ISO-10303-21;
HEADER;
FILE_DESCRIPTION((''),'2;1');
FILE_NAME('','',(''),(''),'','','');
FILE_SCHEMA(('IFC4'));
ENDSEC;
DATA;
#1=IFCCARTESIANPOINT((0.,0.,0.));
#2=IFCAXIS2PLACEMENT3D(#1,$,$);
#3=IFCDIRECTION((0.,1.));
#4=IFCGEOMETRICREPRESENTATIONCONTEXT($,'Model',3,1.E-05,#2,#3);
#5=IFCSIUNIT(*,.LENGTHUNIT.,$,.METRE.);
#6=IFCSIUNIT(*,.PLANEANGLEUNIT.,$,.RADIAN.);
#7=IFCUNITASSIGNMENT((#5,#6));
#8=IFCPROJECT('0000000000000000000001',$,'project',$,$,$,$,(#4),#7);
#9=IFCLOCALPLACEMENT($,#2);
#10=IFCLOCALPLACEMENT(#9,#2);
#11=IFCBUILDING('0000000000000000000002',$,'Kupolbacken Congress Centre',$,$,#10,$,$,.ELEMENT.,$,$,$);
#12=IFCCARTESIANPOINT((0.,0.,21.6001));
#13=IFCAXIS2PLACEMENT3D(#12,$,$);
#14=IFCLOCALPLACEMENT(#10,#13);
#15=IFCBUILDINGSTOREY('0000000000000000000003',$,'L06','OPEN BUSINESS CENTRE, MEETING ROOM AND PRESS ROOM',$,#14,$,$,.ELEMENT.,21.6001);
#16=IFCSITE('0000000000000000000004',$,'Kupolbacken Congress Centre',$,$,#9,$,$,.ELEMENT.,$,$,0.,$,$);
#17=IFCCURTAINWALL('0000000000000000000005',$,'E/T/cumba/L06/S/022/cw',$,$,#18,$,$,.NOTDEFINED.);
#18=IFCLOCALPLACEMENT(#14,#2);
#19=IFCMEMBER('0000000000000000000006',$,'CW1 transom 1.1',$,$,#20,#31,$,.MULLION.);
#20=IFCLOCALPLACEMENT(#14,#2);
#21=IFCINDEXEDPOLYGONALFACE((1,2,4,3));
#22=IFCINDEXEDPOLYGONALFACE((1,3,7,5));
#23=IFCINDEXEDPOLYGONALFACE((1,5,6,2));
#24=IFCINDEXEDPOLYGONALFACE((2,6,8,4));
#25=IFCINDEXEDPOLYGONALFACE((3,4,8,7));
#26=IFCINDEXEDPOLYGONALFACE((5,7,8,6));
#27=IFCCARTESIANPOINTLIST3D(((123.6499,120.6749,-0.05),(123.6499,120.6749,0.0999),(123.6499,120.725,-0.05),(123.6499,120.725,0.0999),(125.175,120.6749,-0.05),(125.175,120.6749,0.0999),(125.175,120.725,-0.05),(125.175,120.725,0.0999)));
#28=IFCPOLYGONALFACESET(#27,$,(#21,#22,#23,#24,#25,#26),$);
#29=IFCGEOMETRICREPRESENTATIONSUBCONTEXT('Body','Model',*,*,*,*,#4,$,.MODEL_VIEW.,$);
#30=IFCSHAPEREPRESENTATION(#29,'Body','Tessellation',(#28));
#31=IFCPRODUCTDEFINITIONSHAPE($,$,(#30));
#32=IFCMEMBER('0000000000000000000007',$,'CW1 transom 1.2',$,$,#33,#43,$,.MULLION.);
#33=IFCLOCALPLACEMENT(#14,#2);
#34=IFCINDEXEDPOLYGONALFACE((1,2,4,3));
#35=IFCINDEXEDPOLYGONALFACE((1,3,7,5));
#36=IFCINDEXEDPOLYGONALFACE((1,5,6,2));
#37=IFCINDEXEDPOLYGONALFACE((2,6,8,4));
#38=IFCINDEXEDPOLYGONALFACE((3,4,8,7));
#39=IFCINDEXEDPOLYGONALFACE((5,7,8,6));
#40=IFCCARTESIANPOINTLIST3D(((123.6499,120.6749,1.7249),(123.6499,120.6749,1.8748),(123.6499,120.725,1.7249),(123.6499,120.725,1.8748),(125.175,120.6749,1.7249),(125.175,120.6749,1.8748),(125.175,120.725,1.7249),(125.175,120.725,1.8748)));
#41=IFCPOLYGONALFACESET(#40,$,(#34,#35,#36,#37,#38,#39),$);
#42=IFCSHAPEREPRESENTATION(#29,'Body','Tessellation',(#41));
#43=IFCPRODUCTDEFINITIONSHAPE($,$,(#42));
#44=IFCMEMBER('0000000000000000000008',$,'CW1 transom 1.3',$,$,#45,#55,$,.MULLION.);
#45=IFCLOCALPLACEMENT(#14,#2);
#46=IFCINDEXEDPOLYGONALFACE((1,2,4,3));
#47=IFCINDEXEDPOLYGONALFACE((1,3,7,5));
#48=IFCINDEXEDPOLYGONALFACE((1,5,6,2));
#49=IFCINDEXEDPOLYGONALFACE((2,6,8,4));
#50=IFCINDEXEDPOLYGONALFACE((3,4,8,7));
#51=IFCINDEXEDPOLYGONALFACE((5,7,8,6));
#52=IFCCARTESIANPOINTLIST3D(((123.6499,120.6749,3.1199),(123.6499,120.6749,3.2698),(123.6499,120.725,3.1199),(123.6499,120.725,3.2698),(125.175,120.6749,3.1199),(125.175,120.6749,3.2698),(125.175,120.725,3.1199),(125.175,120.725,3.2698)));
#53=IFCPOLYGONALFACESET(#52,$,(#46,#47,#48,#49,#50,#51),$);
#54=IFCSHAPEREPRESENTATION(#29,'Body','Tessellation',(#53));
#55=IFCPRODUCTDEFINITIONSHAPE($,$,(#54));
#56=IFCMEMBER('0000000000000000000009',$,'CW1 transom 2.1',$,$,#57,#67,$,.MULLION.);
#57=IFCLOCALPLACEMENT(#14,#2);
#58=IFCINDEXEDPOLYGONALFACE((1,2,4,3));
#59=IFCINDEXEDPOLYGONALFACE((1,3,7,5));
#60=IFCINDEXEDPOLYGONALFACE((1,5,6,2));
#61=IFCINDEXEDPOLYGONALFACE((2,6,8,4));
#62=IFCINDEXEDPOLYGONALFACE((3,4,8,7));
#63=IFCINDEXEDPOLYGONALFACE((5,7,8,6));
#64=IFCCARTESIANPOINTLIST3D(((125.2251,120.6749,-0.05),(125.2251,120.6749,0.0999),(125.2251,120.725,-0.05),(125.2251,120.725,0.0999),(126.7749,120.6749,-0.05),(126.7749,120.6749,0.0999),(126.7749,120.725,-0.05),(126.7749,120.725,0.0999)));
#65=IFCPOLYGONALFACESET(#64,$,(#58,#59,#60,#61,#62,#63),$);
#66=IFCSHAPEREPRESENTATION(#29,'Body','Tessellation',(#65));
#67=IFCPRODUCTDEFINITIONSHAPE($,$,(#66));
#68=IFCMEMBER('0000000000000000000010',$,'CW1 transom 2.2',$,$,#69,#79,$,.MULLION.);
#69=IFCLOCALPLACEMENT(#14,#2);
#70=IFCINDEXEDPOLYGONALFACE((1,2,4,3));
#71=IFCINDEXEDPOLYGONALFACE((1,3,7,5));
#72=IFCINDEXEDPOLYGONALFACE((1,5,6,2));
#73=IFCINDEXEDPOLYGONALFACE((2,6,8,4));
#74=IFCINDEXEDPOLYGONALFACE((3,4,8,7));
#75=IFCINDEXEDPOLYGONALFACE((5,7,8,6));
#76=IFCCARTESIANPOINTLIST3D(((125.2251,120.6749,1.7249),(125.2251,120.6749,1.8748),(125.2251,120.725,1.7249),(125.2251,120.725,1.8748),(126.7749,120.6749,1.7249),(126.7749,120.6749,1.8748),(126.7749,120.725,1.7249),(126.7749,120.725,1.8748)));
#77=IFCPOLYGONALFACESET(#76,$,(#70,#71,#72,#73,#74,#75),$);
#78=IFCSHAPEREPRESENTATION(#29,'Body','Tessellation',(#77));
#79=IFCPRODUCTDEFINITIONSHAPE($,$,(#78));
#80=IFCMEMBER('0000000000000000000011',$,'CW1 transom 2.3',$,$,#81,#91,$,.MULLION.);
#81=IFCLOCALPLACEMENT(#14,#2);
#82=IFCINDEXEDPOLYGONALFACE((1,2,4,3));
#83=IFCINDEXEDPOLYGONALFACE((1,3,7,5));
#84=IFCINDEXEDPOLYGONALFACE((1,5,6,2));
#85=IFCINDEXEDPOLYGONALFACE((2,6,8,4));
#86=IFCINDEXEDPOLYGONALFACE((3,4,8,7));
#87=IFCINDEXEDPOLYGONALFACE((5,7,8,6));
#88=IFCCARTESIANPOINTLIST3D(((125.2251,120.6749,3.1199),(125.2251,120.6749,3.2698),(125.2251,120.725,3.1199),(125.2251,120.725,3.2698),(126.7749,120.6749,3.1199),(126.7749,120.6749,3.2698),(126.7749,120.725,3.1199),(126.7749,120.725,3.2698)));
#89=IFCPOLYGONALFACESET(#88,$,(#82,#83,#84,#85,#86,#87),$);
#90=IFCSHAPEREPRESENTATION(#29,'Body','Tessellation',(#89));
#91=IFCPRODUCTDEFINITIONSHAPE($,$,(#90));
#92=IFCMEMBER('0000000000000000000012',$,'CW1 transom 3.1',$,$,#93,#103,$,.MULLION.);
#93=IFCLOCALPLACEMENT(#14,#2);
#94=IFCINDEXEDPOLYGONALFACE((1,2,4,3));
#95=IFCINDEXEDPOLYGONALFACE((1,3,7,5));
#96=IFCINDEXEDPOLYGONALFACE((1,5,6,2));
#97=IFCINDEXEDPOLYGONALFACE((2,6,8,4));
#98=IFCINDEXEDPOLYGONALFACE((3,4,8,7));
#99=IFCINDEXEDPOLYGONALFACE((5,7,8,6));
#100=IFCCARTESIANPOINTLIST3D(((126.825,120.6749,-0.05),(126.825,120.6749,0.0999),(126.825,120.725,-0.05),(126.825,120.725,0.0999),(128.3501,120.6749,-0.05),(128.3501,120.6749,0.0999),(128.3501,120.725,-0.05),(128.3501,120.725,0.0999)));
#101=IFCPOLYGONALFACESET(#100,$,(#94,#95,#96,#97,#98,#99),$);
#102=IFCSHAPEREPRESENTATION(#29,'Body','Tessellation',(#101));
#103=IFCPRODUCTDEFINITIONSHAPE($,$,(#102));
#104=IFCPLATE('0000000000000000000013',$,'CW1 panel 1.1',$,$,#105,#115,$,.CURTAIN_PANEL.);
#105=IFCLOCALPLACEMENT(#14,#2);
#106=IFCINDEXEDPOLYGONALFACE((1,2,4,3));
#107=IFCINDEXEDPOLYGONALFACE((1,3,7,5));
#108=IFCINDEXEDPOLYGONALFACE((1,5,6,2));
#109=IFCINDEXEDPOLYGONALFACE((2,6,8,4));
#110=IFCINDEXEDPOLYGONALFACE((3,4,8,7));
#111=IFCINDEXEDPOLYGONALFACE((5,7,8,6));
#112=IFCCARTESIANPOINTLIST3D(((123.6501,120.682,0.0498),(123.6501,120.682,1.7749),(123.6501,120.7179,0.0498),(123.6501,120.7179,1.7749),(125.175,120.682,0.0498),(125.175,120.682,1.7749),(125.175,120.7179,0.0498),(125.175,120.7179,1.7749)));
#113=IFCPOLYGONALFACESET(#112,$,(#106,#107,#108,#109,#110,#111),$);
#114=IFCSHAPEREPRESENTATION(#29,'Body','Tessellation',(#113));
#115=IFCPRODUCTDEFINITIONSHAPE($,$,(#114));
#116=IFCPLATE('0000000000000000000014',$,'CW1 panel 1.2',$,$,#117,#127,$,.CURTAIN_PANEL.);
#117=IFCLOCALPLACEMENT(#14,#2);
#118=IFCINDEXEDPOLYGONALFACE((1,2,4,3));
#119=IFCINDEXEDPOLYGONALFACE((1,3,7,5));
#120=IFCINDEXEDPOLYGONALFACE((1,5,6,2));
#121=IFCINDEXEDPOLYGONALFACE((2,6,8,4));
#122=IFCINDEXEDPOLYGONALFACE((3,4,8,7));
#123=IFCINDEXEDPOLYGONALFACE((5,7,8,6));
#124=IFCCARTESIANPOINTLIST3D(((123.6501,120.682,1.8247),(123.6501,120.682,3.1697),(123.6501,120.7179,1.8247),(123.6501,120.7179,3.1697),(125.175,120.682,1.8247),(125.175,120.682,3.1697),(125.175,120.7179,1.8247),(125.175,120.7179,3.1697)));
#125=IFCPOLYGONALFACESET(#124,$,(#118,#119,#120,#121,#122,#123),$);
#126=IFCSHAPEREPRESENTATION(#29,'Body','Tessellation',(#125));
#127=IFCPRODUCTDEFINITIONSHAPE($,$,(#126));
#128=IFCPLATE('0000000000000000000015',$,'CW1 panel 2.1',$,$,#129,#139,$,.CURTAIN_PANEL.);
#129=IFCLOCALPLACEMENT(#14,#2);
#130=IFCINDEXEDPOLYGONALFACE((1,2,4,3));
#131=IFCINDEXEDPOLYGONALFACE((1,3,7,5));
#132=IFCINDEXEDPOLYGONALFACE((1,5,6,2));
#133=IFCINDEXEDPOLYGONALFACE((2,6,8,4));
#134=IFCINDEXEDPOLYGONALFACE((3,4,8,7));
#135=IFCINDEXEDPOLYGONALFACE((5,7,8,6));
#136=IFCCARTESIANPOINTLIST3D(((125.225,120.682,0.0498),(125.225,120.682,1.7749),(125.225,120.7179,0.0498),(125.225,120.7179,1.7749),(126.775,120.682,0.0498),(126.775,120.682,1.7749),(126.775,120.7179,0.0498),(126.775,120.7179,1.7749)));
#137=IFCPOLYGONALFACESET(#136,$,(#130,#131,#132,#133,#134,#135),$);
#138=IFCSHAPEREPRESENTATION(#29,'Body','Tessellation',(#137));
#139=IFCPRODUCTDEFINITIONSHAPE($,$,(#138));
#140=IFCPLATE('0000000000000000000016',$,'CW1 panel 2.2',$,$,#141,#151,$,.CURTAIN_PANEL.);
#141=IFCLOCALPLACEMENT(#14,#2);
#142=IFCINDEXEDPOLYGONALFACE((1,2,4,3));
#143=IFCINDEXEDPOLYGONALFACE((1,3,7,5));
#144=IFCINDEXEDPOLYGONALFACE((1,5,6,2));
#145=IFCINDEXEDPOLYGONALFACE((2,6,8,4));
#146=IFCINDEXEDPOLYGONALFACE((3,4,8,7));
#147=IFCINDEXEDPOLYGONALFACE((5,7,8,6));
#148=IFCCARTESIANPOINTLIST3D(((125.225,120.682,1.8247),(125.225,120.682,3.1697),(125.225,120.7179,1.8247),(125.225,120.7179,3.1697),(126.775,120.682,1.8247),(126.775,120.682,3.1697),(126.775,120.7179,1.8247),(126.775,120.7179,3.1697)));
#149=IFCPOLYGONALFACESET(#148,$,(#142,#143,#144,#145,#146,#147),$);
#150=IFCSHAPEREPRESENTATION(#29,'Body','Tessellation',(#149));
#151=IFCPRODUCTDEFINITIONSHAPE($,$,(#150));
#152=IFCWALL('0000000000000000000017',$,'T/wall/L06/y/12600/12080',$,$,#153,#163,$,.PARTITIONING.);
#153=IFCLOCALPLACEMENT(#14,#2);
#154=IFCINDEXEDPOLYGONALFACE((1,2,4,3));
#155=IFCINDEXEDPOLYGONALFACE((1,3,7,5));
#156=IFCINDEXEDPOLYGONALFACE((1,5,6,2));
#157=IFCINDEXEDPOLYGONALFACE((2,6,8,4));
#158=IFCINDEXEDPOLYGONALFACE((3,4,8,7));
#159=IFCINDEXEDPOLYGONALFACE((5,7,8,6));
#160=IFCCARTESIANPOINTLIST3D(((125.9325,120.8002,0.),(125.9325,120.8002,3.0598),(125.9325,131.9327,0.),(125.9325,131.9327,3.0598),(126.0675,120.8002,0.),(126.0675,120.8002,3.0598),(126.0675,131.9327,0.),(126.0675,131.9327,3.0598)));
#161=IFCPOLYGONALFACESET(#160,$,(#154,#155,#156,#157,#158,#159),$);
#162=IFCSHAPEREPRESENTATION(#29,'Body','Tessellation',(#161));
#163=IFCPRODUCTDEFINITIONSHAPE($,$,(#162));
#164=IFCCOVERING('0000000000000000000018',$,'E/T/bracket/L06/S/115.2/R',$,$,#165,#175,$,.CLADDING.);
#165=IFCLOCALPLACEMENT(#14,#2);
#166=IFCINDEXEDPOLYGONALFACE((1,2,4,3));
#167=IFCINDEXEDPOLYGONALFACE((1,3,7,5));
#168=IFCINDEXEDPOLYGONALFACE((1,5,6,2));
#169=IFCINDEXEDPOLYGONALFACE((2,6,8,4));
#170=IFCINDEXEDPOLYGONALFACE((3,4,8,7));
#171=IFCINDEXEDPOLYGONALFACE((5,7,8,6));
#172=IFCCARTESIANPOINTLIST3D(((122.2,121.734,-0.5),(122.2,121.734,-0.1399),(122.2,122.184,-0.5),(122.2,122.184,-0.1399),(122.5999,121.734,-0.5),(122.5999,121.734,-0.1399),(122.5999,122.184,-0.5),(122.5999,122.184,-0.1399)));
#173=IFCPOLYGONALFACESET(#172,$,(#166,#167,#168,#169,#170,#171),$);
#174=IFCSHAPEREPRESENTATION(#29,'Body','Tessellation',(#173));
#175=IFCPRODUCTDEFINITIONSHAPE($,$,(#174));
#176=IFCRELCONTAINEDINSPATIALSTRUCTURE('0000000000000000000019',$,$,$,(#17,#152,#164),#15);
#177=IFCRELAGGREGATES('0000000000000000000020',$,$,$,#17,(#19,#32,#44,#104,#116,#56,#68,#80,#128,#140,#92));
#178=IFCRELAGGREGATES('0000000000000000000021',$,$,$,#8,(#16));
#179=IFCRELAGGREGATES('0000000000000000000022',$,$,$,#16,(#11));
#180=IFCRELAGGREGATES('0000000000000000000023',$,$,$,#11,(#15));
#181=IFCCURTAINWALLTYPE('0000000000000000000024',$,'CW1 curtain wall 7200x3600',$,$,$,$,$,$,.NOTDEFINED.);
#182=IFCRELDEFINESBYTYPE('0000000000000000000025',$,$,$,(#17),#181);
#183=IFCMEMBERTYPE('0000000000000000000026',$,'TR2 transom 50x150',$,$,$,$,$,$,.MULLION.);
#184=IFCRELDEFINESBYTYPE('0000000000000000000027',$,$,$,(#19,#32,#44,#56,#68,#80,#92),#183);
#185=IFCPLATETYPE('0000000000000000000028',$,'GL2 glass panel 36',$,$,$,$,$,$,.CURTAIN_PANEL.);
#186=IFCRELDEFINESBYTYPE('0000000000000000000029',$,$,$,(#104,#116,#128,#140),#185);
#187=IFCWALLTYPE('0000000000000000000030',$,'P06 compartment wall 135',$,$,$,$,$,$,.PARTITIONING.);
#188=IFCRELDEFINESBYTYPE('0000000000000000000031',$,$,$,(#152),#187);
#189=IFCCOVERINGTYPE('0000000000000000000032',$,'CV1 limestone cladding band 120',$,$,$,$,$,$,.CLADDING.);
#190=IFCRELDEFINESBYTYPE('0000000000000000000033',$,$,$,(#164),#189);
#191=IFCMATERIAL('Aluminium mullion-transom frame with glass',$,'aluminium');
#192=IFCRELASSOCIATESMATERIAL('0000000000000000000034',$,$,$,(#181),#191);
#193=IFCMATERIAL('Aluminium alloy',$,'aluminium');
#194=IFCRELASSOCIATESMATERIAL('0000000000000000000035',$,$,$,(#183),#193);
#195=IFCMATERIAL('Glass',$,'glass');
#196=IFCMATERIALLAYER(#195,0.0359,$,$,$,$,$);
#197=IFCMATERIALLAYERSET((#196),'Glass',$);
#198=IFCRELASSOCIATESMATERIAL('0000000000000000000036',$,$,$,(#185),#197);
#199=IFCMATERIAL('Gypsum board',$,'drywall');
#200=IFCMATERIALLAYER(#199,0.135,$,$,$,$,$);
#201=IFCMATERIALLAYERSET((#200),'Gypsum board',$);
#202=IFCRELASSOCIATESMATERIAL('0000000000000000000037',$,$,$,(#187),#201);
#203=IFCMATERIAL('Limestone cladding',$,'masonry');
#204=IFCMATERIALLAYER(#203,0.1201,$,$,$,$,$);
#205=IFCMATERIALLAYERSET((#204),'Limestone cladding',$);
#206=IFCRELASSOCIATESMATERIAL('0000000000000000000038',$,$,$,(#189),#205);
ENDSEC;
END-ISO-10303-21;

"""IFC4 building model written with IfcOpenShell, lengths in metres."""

from ifc_helpers import new_model, si_unit, direction, frame, frame_2d, origin, origin_2d, place, context, subcontext, project, spatial, rectangle, extrude, material, layer, layer_set, material_profile, profile_set, type_object, element, aggregate, save


model = new_model("IFC4")

# Units and contexts
model_context = context("Model", 3, precision=1e-05, world=origin(), true_north=direction((0.0, 1.0)))
body_context = subcontext(model_context, "Body", "Model", "MODEL_VIEW")
ifc_project = project(units=[si_unit("LENGTHUNIT", "METRE"), si_unit("PLANEANGLEUNIT", "RADIAN")], contexts=[model_context])

# Site, building, storey
site_placement = place(None, origin())
site = spatial("IfcSite", under=ifc_project, at=site_placement, Name="Kupolbacken Congress Centre", CompositionType="ELEMENT", RefElevation=0.0)
building_placement = place(site_placement, origin())
building = spatial("IfcBuilding", under=site, at=building_placement, Name="Kupolbacken Congress Centre", CompositionType="ELEMENT")
storey_placement = place(building_placement, frame((0.0, 0.0, 21.6001)))
storey = spatial("IfcBuildingStorey", under=building, at=storey_placement, Name="L06", Description="OPEN BUSINESS CENTRE, MEETING ROOM AND PRESS ROOM", CompositionType="ELEMENT", Elevation=21.6001)

# Curtain wall, members, plates
ifc_material_1 = material(Name="Aluminium mullion-transom frame with glass", Category="aluminium")
curtain_wall_type = type_object("IfcCurtainWallType", Name="CW1 curtain wall 7200x3600", PredefinedType="NOTDEFINED", material=ifc_material_1)
curtain_wall_placement = place(storey_placement, origin())
curtain_wall = element("IfcCurtainWall", 1, at=curtain_wall_placement, inside=storey, type_object=curtain_wall_type, Name="E/T/cumba/L06/S/022/cw", PredefinedType="NOTDEFINED")
ifc_material_2 = material(Name="Aluminium alloy", Category="aluminium")
ifc_material_profile_1 = material_profile(ifc_material_2, rectangle(XDim=0.05, YDim=0.1499, at=origin_2d()), Name="50 x 150")
ifc_profile_set_1 = profile_set([ifc_material_profile_1], Name="Aluminium alloy")
member_type_1 = type_object("IfcMemberType", Name="TR2 transom 50x150", PredefinedType="MULLION", material=ifc_profile_set_1)
member_1_placement = place(storey_placement, frame((123.6499, 120.7, 0.0249), z_axis=(1.0, 0.0, 0.0), x_axis=(0.0, 1.0, 0.0)))
member_1 = element("IfcMember", 2, at=member_1_placement, type_object=member_type_1, Name="CW1 transom 1.1", PredefinedType="MULLION", context=body_context, shape_type="SweptSolid", body=[
    extrude(rectangle(XDim=0.05, YDim=0.1499, at=origin_2d()), origin(), (0.0, 0.0, 1.0), 1.5251),
])
member_2_placement = place(storey_placement, frame((123.6499, 120.7, 1.7998), z_axis=(1.0, 0.0, 0.0), x_axis=(0.0, 1.0, 0.0)))
member_2 = element("IfcMember", 3, at=member_2_placement, type_object=member_type_1, Name="CW1 transom 1.2", PredefinedType="MULLION", context=body_context, shape_type="SweptSolid", body=[
    extrude(rectangle(XDim=0.05, YDim=0.1499, at=origin_2d()), origin(), (0.0, 0.0, 1.0), 1.5251),
])
member_3_placement = place(storey_placement, frame((123.6499, 120.7, 3.1948), z_axis=(1.0, 0.0, 0.0), x_axis=(0.0, 1.0, 0.0)))
member_3 = element("IfcMember", 4, at=member_3_placement, type_object=member_type_1, Name="CW1 transom 1.3", PredefinedType="MULLION", context=body_context, shape_type="SweptSolid", body=[
    extrude(rectangle(XDim=0.05, YDim=0.1499, at=origin_2d()), origin(), (0.0, 0.0, 1.0), 1.5251),
])
member_4_placement = place(storey_placement, frame((125.2251, 120.7, 0.0249), z_axis=(1.0, 0.0, 0.0), x_axis=(0.0, 1.0, 0.0)))
member_4 = element("IfcMember", 5, at=member_4_placement, type_object=member_type_1, Name="CW1 transom 2.1", PredefinedType="MULLION", context=body_context, shape_type="SweptSolid", body=[
    extrude(rectangle(XDim=0.05, YDim=0.1499, at=origin_2d()), origin(), (0.0, 0.0, 1.0), 1.5498),
])
member_5_placement = place(storey_placement, frame((125.2251, 120.7, 1.7998), z_axis=(1.0, 0.0, 0.0), x_axis=(0.0, 1.0, 0.0)))
member_5 = element("IfcMember", 6, at=member_5_placement, type_object=member_type_1, Name="CW1 transom 2.2", PredefinedType="MULLION", context=body_context, shape_type="SweptSolid", body=[
    extrude(rectangle(XDim=0.05, YDim=0.1499, at=origin_2d()), origin(), (0.0, 0.0, 1.0), 1.5498),
])
member_6_placement = place(storey_placement, frame((125.2251, 120.7, 3.1948), z_axis=(1.0, 0.0, 0.0), x_axis=(0.0, 1.0, 0.0)))
member_6 = element("IfcMember", 7, at=member_6_placement, type_object=member_type_1, Name="CW1 transom 2.3", PredefinedType="MULLION", context=body_context, shape_type="SweptSolid", body=[
    extrude(rectangle(XDim=0.05, YDim=0.1499, at=origin_2d()), origin(), (0.0, 0.0, 1.0), 1.5498),
])
member_7_placement = place(storey_placement, frame((126.825, 120.7, 0.0249), z_axis=(1.0, 0.0, 0.0), x_axis=(0.0, 1.0, 0.0)))
member_7 = element("IfcMember", 8, at=member_7_placement, type_object=member_type_1, Name="CW1 transom 3.1", PredefinedType="MULLION", context=body_context, shape_type="SweptSolid", body=[
    extrude(rectangle(XDim=0.05, YDim=0.1499, at=origin_2d()), origin(), (0.0, 0.0, 1.0), 1.5251),
])
ifc_material_3 = material(Name="Glass", Category="glass")
ifc_layer_1 = layer(ifc_material_3, 0.0359)
ifc_layer_set_1 = layer_set([ifc_layer_1], Name="Glass")
plate_type = type_object("IfcPlateType", Name="GL2 glass panel 36", PredefinedType="CURTAIN_PANEL", material=ifc_layer_set_1)
plate_1_placement = place(storey_placement, frame((124.4126, 120.7, 0.0498), z_axis=(0.0, 0.0, 1.0), x_axis=(1.0, 0.0, 0.0)))
plate_1 = element("IfcPlate", 9, at=plate_1_placement, type_object=plate_type, Name="CW1 panel 1.1", PredefinedType="CURTAIN_PANEL", context=body_context, shape_type="SweptSolid", body=[
    extrude(rectangle(XDim=1.5249, YDim=0.0359, at=origin_2d()), origin(), (0.0, 0.0, 1.0), 1.7251),
])
plate_2_placement = place(storey_placement, frame((124.4126, 120.7, 1.8247), z_axis=(0.0, 0.0, 1.0), x_axis=(1.0, 0.0, 0.0)))
plate_2 = element("IfcPlate", 10, at=plate_2_placement, type_object=plate_type, Name="CW1 panel 1.2", PredefinedType="CURTAIN_PANEL", context=body_context, shape_type="SweptSolid", body=[
    extrude(rectangle(XDim=1.5249, YDim=0.0359, at=origin_2d()), origin(), (0.0, 0.0, 1.0), 1.345),
])
plate_3_placement = place(storey_placement, frame((126.0, 120.7, 0.0498), z_axis=(0.0, 0.0, 1.0), x_axis=(1.0, 0.0, 0.0)))
plate_3 = element("IfcPlate", 11, at=plate_3_placement, type_object=plate_type, Name="CW1 panel 2.1", PredefinedType="CURTAIN_PANEL", context=body_context, shape_type="SweptSolid", body=[
    extrude(rectangle(XDim=1.55, YDim=0.0359, at=origin_2d()), origin(), (0.0, 0.0, 1.0), 1.7251),
])
plate_4_placement = place(storey_placement, frame((126.0, 120.7, 1.8247), z_axis=(0.0, 0.0, 1.0), x_axis=(1.0, 0.0, 0.0)))
plate_4 = element("IfcPlate", 12, at=plate_4_placement, type_object=plate_type, Name="CW1 panel 2.2", PredefinedType="CURTAIN_PANEL", context=body_context, shape_type="SweptSolid", body=[
    extrude(rectangle(XDim=1.55, YDim=0.0359, at=origin_2d()), origin(), (0.0, 0.0, 1.0), 1.345),
])
aggregate(curtain_wall, [member_1, member_2, member_3, plate_1, plate_2, member_4, member_5, member_6, plate_3, plate_4, member_7])

# Wall
ifc_material_4 = material(Name="Gypsum board", Category="drywall")
ifc_layer_2 = layer(ifc_material_4, 0.135)
ifc_layer_set_2 = layer_set([ifc_layer_2], Name="Gypsum board")
wall_type = type_object("IfcWallType", Name="P06 compartment wall 135", PredefinedType="PARTITIONING", material=ifc_layer_set_2)
wall_placement = place(storey_placement, frame((126.0, 120.8, 0.0), z_axis=(0.0, 0.0, 1.0), x_axis=(0.0, 1.0, 0.0)))
element("IfcWall", 13, at=wall_placement, inside=storey, type_object=wall_type, Name="T/wall/L06/y/12600/12080", PredefinedType="PARTITIONING", context=body_context, shape_type="SweptSolid", body=[
    extrude(rectangle(XDim=11.1326, YDim=0.135, at=frame_2d((5.5664, 0.0))), origin(), (0.0, 0.0, 1.0), 3.0598),
])

# Covering
ifc_material_5 = material(Name="Limestone cladding", Category="masonry")
ifc_layer_3 = layer(ifc_material_5, 0.1201)
ifc_layer_set_3 = layer_set([ifc_layer_3], Name="Limestone cladding")
covering_type = type_object("IfcCoveringType", Name="CV1 limestone cladding band 120", PredefinedType="CLADDING", material=ifc_layer_set_3)
covering_placement = place(storey_placement, frame((122.3999, 121.959, -0.5), z_axis=(0.0, 0.0, 1.0), x_axis=(1.0, 0.0, 0.0)))
element("IfcCovering", 14, at=covering_placement, inside=storey, type_object=covering_type, Name="E/T/bracket/L06/S/115.2/R", PredefinedType="CLADDING", context=body_context, shape_type="SweptSolid", body=[
    extrude(rectangle(XDim=0.3999, YDim=0.45, at=origin_2d()), origin(), (0.0, 0.0, 1.0), 0.3601),
])

save(model, "model.ifc")
